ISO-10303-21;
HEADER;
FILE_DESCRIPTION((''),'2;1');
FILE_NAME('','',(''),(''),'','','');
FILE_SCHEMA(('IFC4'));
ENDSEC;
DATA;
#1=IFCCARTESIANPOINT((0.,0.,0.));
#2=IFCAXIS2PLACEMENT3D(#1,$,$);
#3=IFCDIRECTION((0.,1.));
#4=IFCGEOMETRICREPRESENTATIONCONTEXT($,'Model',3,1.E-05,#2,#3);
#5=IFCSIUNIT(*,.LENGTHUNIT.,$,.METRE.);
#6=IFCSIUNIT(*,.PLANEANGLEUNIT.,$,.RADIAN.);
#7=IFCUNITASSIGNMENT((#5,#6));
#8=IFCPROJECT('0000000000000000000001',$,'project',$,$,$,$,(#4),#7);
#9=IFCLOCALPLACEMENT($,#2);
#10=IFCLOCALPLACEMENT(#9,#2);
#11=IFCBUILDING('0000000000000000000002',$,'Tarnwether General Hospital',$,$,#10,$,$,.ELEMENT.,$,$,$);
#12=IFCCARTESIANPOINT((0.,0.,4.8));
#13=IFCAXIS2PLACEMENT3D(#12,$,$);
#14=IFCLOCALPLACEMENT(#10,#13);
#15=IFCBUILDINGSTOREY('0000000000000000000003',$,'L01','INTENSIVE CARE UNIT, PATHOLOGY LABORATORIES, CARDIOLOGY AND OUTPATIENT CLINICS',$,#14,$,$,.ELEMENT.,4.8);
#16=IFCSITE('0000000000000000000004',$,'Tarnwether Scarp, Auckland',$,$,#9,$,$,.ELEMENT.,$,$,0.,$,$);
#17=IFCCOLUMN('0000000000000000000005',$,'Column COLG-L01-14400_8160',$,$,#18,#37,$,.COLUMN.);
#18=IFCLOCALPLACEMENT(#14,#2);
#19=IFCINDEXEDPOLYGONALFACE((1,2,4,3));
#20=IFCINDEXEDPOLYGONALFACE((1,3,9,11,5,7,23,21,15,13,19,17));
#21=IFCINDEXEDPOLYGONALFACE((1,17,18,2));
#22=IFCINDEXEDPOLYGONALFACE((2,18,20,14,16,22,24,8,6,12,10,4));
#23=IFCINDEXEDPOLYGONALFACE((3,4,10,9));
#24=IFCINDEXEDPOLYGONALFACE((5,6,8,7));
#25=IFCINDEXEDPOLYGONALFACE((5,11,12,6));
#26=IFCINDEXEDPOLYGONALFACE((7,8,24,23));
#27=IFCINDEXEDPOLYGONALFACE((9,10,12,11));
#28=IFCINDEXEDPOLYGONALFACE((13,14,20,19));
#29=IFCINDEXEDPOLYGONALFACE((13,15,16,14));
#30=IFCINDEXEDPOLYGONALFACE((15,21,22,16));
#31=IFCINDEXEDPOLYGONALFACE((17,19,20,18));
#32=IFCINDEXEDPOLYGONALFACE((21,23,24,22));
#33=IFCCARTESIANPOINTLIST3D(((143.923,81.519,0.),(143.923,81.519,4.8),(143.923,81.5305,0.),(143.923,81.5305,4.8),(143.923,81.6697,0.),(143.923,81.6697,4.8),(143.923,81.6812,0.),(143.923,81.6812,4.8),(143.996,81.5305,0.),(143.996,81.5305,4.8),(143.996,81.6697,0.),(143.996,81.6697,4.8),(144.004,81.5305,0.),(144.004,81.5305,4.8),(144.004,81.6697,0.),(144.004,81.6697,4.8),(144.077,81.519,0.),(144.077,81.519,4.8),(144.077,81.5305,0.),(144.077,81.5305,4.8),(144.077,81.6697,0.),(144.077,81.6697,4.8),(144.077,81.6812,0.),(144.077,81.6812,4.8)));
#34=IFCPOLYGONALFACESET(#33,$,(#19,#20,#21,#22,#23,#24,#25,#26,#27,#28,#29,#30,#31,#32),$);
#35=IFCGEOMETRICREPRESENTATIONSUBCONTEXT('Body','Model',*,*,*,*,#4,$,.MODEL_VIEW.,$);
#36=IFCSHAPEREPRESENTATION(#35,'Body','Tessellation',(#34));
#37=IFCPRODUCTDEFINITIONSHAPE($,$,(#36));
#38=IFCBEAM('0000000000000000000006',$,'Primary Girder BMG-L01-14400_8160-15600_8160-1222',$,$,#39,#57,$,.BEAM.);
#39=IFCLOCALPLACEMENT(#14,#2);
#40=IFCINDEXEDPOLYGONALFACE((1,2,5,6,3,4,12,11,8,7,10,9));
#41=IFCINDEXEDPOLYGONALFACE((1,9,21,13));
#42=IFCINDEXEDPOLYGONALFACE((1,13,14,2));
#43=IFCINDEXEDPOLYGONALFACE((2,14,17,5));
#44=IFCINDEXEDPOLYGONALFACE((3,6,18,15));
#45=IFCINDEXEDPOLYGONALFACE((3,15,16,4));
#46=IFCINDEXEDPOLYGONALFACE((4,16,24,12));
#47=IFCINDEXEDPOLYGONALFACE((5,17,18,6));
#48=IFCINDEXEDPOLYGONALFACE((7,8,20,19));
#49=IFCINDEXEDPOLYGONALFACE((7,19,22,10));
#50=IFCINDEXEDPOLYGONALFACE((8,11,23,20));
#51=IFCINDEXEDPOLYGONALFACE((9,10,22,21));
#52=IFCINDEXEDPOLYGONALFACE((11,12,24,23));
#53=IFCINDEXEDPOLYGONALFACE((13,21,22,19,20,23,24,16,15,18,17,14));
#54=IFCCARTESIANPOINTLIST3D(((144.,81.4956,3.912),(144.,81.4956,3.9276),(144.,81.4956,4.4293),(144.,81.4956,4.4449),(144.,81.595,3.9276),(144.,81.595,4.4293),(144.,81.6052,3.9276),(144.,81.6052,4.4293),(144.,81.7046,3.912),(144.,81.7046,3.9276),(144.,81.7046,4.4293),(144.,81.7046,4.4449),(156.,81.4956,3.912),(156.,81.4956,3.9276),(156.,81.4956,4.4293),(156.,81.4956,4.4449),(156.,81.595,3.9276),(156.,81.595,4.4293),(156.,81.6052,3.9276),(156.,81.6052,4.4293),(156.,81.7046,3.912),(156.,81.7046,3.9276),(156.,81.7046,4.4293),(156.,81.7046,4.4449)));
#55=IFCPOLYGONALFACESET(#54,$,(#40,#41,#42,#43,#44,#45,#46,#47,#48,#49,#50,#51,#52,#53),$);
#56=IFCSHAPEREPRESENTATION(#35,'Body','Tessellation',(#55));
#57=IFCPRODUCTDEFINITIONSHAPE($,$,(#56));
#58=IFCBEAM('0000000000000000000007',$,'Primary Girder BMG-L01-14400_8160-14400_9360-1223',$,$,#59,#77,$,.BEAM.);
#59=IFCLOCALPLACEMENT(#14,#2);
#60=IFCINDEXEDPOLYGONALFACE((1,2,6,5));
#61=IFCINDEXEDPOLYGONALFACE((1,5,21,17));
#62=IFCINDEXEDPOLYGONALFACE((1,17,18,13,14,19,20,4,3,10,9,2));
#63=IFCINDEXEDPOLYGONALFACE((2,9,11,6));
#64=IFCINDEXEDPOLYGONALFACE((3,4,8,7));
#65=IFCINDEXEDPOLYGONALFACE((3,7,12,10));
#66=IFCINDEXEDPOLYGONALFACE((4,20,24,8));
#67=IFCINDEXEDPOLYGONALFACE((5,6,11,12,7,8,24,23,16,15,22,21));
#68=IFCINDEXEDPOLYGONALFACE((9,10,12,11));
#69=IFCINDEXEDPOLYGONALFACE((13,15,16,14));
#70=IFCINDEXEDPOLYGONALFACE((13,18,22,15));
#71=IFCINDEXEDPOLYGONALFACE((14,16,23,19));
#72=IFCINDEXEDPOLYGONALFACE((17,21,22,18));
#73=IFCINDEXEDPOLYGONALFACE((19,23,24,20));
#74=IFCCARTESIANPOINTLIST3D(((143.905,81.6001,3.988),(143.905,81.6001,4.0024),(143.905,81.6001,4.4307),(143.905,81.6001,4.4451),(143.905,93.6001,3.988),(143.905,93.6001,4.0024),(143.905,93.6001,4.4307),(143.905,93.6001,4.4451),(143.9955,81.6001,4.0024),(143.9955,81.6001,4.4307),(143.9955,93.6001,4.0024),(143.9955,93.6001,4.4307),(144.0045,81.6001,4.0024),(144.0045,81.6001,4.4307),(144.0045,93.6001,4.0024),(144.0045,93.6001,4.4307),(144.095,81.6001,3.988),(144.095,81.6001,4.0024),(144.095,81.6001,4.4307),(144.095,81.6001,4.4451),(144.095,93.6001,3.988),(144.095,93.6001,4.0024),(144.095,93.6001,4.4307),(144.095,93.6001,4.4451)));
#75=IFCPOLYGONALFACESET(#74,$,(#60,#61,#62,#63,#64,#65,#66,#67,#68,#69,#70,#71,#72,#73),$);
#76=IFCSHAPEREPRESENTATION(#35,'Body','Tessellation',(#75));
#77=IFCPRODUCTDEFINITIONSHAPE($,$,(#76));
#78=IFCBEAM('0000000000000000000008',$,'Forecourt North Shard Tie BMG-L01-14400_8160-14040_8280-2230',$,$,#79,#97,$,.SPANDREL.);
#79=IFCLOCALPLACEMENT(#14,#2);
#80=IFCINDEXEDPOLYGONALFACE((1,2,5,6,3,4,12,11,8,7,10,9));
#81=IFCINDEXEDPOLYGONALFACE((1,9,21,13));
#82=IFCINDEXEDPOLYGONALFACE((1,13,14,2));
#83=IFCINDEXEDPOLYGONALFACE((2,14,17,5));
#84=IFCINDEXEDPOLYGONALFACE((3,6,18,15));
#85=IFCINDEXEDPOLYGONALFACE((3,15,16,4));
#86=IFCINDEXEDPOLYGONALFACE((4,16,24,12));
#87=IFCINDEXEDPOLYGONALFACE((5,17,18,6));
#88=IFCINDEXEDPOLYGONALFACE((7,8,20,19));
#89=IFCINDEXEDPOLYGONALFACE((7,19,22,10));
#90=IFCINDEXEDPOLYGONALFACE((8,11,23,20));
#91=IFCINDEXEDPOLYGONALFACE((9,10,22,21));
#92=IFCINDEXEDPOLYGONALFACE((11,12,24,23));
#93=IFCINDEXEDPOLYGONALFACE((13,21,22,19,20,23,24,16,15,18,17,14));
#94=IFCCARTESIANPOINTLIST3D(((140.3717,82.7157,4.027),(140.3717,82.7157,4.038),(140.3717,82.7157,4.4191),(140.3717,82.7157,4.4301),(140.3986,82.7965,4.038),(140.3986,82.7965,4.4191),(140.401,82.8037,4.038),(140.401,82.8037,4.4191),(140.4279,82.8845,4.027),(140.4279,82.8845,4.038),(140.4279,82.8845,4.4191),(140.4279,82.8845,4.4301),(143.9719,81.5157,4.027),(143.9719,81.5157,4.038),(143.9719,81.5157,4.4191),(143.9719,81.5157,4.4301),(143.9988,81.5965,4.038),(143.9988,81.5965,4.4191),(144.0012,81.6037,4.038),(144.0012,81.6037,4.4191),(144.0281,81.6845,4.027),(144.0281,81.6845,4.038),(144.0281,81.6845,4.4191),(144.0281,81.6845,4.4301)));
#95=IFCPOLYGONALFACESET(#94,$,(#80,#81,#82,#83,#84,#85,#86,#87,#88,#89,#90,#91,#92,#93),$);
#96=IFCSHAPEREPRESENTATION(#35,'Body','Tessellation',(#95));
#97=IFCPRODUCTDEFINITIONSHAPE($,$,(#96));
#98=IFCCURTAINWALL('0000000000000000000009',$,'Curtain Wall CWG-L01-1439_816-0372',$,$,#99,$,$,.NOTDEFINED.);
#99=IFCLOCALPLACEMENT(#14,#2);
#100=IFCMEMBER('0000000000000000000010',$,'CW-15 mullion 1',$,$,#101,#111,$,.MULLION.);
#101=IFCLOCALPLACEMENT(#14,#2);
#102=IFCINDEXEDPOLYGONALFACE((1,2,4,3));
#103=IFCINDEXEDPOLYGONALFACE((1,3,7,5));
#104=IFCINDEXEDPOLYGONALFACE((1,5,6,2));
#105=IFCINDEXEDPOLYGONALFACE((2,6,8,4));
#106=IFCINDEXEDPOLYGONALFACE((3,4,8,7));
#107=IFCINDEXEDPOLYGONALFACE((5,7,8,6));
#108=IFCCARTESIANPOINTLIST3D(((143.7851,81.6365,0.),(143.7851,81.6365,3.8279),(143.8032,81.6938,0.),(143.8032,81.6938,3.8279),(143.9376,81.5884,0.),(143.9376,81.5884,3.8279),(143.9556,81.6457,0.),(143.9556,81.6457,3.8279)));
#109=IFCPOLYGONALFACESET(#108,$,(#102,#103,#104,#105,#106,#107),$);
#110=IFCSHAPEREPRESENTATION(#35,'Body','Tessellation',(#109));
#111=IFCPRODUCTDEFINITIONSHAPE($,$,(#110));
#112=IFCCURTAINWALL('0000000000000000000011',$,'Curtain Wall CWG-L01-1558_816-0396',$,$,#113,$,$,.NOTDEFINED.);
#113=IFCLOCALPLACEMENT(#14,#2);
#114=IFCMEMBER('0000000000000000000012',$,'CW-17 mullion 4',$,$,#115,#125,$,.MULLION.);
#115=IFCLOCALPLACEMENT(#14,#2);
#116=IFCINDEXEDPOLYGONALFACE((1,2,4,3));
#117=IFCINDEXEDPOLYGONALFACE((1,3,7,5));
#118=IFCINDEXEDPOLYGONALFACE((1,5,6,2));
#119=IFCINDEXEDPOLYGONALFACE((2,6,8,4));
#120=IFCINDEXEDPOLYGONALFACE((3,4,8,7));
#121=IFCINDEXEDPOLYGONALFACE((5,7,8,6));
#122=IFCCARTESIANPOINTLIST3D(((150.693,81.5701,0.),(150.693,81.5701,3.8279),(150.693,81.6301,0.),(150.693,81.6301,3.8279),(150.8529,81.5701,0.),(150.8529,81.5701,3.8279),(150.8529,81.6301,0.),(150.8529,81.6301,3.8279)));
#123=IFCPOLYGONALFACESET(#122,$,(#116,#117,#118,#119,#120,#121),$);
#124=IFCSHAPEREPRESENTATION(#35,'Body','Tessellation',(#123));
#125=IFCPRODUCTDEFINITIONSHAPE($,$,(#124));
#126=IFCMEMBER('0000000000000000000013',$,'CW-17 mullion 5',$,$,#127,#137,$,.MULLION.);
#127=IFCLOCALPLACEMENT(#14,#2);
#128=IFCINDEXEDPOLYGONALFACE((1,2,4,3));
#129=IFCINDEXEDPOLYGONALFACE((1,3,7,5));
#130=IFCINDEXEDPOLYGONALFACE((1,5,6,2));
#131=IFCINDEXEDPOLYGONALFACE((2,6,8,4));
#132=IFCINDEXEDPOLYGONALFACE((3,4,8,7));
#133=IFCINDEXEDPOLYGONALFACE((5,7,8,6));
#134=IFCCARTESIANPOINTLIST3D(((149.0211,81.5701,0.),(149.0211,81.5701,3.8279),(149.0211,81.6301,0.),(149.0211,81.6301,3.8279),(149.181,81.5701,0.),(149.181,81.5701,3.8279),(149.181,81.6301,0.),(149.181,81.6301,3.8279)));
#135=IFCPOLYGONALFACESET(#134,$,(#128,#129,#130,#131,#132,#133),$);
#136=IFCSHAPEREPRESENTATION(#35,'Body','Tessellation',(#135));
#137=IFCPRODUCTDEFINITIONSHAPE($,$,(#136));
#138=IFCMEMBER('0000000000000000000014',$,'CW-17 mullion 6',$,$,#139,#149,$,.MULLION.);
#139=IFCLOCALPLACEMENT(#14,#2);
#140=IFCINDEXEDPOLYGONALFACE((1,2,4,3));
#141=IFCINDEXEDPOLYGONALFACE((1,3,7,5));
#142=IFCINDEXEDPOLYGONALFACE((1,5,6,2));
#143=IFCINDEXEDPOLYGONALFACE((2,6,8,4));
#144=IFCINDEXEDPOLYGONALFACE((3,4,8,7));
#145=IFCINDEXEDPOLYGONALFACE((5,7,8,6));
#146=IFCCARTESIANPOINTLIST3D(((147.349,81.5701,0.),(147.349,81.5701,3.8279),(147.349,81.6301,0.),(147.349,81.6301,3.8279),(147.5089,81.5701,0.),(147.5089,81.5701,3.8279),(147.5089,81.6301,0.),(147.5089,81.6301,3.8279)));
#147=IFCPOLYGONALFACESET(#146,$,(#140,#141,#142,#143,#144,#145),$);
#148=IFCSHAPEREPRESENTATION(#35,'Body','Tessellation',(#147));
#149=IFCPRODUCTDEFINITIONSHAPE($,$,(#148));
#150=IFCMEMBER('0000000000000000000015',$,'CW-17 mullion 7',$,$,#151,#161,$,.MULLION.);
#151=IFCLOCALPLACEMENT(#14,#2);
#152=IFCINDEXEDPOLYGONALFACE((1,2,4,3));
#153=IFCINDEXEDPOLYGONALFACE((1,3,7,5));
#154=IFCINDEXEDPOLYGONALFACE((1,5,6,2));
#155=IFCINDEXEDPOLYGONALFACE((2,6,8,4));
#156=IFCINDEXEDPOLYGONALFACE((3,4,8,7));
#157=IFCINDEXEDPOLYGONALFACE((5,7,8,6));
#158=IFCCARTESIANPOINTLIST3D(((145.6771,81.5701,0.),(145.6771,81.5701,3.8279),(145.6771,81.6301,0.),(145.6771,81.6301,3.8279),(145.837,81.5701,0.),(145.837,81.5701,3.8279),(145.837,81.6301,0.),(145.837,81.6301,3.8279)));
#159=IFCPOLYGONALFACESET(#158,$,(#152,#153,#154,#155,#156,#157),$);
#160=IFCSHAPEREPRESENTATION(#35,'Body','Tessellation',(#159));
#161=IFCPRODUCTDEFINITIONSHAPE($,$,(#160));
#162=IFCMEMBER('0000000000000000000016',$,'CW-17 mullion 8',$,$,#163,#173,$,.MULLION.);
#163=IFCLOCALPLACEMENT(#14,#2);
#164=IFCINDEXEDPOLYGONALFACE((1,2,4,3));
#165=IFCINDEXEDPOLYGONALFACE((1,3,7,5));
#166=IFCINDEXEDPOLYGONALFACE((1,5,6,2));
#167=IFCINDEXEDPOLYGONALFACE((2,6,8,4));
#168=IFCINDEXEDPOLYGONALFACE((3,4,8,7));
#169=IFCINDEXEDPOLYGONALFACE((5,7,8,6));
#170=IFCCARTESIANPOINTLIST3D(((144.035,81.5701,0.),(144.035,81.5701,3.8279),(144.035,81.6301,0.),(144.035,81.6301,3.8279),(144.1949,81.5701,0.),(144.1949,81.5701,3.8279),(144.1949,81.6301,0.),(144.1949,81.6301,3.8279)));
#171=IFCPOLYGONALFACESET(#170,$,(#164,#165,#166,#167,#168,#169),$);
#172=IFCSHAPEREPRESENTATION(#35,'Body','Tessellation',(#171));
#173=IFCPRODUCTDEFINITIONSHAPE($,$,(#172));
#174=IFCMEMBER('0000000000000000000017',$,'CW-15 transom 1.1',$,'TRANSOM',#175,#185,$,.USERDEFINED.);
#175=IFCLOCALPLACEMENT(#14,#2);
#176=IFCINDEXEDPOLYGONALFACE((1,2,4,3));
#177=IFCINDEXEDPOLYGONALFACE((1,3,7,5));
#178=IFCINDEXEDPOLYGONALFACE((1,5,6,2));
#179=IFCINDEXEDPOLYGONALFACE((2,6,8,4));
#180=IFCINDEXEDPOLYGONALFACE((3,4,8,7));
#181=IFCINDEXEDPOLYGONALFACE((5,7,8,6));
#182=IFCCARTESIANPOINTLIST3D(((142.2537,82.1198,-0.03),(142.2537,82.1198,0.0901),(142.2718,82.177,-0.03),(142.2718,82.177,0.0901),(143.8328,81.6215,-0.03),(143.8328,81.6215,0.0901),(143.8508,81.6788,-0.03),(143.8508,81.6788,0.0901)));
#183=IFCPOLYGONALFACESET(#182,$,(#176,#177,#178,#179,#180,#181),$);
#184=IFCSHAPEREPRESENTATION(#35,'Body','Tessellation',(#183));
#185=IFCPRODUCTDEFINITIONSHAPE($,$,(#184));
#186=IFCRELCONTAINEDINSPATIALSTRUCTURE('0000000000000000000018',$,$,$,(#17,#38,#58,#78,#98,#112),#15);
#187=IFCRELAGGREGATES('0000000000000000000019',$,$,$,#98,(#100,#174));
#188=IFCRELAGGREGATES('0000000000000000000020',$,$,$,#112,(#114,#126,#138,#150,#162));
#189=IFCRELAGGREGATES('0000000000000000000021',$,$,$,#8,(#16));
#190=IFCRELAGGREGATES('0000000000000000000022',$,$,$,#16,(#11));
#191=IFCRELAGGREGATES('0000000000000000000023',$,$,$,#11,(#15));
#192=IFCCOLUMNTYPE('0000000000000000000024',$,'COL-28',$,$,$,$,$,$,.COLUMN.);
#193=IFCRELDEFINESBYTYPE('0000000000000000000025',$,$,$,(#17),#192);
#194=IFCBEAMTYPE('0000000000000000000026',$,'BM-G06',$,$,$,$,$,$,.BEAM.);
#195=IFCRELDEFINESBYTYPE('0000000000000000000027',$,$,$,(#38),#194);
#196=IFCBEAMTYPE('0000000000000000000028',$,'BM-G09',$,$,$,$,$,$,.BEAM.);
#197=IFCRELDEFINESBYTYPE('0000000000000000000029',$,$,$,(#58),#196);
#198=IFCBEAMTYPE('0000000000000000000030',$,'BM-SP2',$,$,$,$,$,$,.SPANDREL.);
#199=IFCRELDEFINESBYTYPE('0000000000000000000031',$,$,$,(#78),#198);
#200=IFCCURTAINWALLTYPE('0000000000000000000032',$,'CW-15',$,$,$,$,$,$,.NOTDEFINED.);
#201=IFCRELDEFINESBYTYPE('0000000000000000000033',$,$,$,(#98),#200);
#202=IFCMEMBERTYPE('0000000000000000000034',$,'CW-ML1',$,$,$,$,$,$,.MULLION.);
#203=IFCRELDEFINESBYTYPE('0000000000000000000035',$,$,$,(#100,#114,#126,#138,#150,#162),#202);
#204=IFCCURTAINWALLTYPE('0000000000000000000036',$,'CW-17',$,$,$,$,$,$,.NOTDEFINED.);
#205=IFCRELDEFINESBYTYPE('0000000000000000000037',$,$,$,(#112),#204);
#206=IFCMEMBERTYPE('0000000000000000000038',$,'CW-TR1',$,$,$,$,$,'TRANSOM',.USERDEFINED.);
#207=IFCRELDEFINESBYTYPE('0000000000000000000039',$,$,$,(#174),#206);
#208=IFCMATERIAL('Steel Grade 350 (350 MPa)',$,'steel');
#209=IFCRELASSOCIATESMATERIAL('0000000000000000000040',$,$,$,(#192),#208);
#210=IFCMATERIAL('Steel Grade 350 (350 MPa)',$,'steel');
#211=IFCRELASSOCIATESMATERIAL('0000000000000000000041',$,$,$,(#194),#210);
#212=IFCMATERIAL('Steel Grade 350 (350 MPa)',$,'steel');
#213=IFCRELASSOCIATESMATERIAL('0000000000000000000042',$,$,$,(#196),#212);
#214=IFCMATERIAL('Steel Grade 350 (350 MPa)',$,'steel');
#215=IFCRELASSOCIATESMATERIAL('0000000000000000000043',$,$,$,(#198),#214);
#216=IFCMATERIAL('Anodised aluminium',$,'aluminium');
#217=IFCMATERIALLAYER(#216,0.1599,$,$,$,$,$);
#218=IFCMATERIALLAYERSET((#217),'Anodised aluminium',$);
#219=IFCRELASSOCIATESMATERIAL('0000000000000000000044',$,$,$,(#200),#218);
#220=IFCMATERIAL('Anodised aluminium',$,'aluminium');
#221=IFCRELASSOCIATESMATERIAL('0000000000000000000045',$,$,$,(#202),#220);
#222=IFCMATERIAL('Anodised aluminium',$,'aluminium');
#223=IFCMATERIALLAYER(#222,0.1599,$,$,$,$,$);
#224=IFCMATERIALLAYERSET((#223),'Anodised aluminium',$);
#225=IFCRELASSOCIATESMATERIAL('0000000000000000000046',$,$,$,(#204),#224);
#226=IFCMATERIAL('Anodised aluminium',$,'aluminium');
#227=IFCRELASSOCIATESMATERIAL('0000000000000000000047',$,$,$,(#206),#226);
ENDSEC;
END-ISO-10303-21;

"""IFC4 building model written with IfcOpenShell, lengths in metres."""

from ifc_helpers import new_model, si_unit, direction, frame, origin, origin_2d, place, context, subcontext, project, spatial, rectangle, i_section, extrude, material, layer, layer_set, material_profile, profile_set, type_object, element, aggregate, save


model = new_model("IFC4")

# Units and contexts
model_context = context("Model", 3, precision=1e-05, world=origin(), true_north=direction((0.0, 1.0)))
body_context = subcontext(model_context, "Body", "Model", "MODEL_VIEW")
ifc_project = project(units=[si_unit("LENGTHUNIT", "METRE"), si_unit("PLANEANGLEUNIT", "RADIAN")], contexts=[model_context])

# Site, building, storey
site_placement = place(None, origin())
site = spatial("IfcSite", under=ifc_project, at=site_placement, Name="Tarnwether Scarp, Auckland", CompositionType="ELEMENT", RefElevation=0.0)
building_placement = place(site_placement, origin())
building = spatial("IfcBuilding", under=site, at=building_placement, Name="Tarnwether General Hospital", CompositionType="ELEMENT")
storey_placement = place(building_placement, frame((0.0, 0.0, 4.8)))
storey = spatial("IfcBuildingStorey", under=building, at=storey_placement, Name="L01", Description="INTENSIVE CARE UNIT, PATHOLOGY LABORATORIES, CARDIOLOGY AND OUTPATIENT CLINICS", CompositionType="ELEMENT", Elevation=4.8)

# Column
ifc_material_1 = material(Name="Steel Grade 350 (350 MPa)", Category="steel")
ifc_material_profile_1 = material_profile(ifc_material_1, i_section(OverallWidth=0.1541, OverallDepth=0.1621, WebThickness=0.0081, FlangeThickness=0.0115, at=origin_2d()), Name="150UC37.2")
ifc_profile_set_1 = profile_set([ifc_material_profile_1], Name="Steel Grade 350 (350 MPa)")
column_type = type_object("IfcColumnType", Name="COL-28", PredefinedType="COLUMN", material=ifc_profile_set_1)
column_placement = place(storey_placement, frame((144.0, 81.6001, 0.0), z_axis=(0.0, 0.0, 1.0), x_axis=(1.0, 0.0, 0.0)))
element("IfcColumn", 1, at=column_placement, inside=storey, type_object=column_type, Name="Column COLG-L01-14400_8160", PredefinedType="COLUMN", context=body_context, shape_type="SweptSolid", body=[
    extrude(i_section(OverallWidth=0.1541, OverallDepth=0.1621, WebThickness=0.0081, FlangeThickness=0.0115, at=origin_2d()), origin(), (0.0, 0.0, 1.0), 4.8),
])

# Beams
ifc_material_2 = material(Name="Steel Grade 350 (350 MPa)", Category="steel")
ifc_material_profile_2 = material_profile(ifc_material_2, i_section(OverallWidth=0.209, OverallDepth=0.533, WebThickness=0.0103, FlangeThickness=0.0156, at=origin_2d()), Name="530UB92.4")
ifc_profile_set_2 = profile_set([ifc_material_profile_2], Name="Steel Grade 350 (350 MPa)")
beam_type_1 = type_object("IfcBeamType", Name="BM-G06", PredefinedType="BEAM", material=ifc_profile_set_2)
beam_1_placement = place(storey_placement, frame((144.0, 81.6001, 4.1785), z_axis=(1.0, 0.0, 0.0), x_axis=(0.0, 1.0, 0.0)))
element("IfcBeam", 2, at=beam_1_placement, inside=storey, type_object=beam_type_1, Name="Primary Girder BMG-L01-14400_8160-15600_8160-1222", PredefinedType="BEAM", context=body_context, shape_type="SweptSolid", body=[
    extrude(i_section(OverallWidth=0.209, OverallDepth=0.533, WebThickness=0.0103, FlangeThickness=0.0156, at=origin_2d()), origin(), (0.0, 0.0, 1.0), 12.0),
])
ifc_material_3 = material(Name="Steel Grade 350 (350 MPa)", Category="steel")
ifc_material_profile_3 = material_profile(ifc_material_3, i_section(OverallWidth=0.1899, OverallDepth=0.457, WebThickness=0.009, FlangeThickness=0.0144, at=origin_2d()), Name="460UB74.6")
ifc_profile_set_3 = profile_set([ifc_material_profile_3], Name="Steel Grade 350 (350 MPa)")
beam_type_2 = type_object("IfcBeamType", Name="BM-G09", PredefinedType="BEAM", material=ifc_profile_set_3)
beam_2_placement = place(storey_placement, frame((144.0, 81.6001, 4.2166), z_axis=(0.0, 1.0, 0.0), x_axis=(-1.0, 0.0, 0.0)))
element("IfcBeam", 3, at=beam_2_placement, inside=storey, type_object=beam_type_2, Name="Primary Girder BMG-L01-14400_8160-14400_9360-1223", PredefinedType="BEAM", context=body_context, shape_type="SweptSolid", body=[
    extrude(i_section(OverallWidth=0.1899, OverallDepth=0.457, WebThickness=0.009, FlangeThickness=0.0144, at=origin_2d()), origin(), (0.0, 0.0, 1.0), 12.0),
])
ifc_material_4 = material(Name="Steel Grade 350 (350 MPa)", Category="steel")
ifc_material_profile_4 = material_profile(ifc_material_4, i_section(OverallWidth=0.178, OverallDepth=0.4031, WebThickness=0.0076, FlangeThickness=0.011, at=origin_2d()), Name="410UB53.7")
ifc_profile_set_4 = profile_set([ifc_material_profile_4], Name="Steel Grade 350 (350 MPa)")
beam_type_3 = type_object("IfcBeamType", Name="BM-SP2", PredefinedType="SPANDREL", material=ifc_profile_set_4)
beam_3_placement = place(storey_placement, frame((144.0, 81.6001, 4.2285), z_axis=(-0.94869, 0.316208, 0.0), x_axis=(-0.316208, -0.94869, 0.0)))
element("IfcBeam", 4, at=beam_3_placement, inside=storey, type_object=beam_type_3, Name="Forecourt North Shard Tie BMG-L01-14400_8160-14040_8280-2230", PredefinedType="SPANDREL", context=body_context, shape_type="SweptSolid", body=[
    extrude(i_section(OverallWidth=0.178, OverallDepth=0.4031, WebThickness=0.0076, FlangeThickness=0.011, at=origin_2d()), origin(), (0.0, 0.0, 1.0), 3.7949),
])

# Curtain wall, member
ifc_material_5 = material(Name="Anodised aluminium", Category="aluminium")
ifc_layer_1 = layer(ifc_material_5, 0.1599)
ifc_layer_set_1 = layer_set([ifc_layer_1], Name="Anodised aluminium")
curtain_wall_type_1 = type_object("IfcCurtainWallType", Name="CW-15", PredefinedType="NOTDEFINED", material=ifc_layer_set_1)
curtain_wall_1_placement = place(storey_placement, origin())
curtain_wall_1 = element("IfcCurtainWall", 5, at=curtain_wall_1_placement, inside=storey, type_object=curtain_wall_type_1, Name="Curtain Wall CWG-L01-1439_816-0372", PredefinedType="NOTDEFINED")
ifc_material_6 = material(Name="Anodised aluminium", Category="aluminium")
ifc_material_profile_5 = material_profile(ifc_material_6, rectangle(XDim=0.0601, YDim=0.1599, at=origin_2d()), Name="ALU-MUL-60x160")
ifc_profile_set_5 = profile_set([ifc_material_profile_5], Name="Anodised aluminium")
member_type_1 = type_object("IfcMemberType", Name="CW-ML1", PredefinedType="MULLION", material=ifc_profile_set_5)
member_1_placement = place(storey_placement, frame((143.8704, 81.6411, 0.0), z_axis=(0.0, 0.0, 1.0), x_axis=(-0.300981, -0.95363, 0.0)))
member_1 = element("IfcMember", 6, at=member_1_placement, type_object=member_type_1, Name="CW-15 mullion 1", PredefinedType="MULLION", context=body_context, shape_type="SweptSolid", body=[
    extrude(rectangle(XDim=0.0601, YDim=0.1599, at=origin_2d()), origin(), (0.0, 0.0, 1.0), 3.8279),
])

# Curtain wall, members
ifc_material_7 = material(Name="Anodised aluminium", Category="aluminium")
ifc_layer_2 = layer(ifc_material_7, 0.1599)
ifc_layer_set_2 = layer_set([ifc_layer_2], Name="Anodised aluminium")
curtain_wall_type_2 = type_object("IfcCurtainWallType", Name="CW-17", PredefinedType="NOTDEFINED", material=ifc_layer_set_2)
curtain_wall_2_placement = place(storey_placement, origin())
curtain_wall_2 = element("IfcCurtainWall", 7, at=curtain_wall_2_placement, inside=storey, type_object=curtain_wall_type_2, Name="Curtain Wall CWG-L01-1558_816-0396", PredefinedType="NOTDEFINED")
member_2_placement = place(storey_placement, frame((150.7729, 81.6001, 0.0), z_axis=(0.0, 0.0, 1.0), x_axis=(0.0, -1.0, 0.0)))
member_2 = element("IfcMember", 8, at=member_2_placement, type_object=member_type_1, Name="CW-17 mullion 4", PredefinedType="MULLION", context=body_context, shape_type="SweptSolid", body=[
    extrude(rectangle(XDim=0.0601, YDim=0.1599, at=origin_2d()), origin(), (0.0, 0.0, 1.0), 3.8279),
])
member_3_placement = place(storey_placement, frame((149.1011, 81.6001, 0.0), z_axis=(0.0, 0.0, 1.0), x_axis=(0.0, -1.0, 0.0)))
member_3 = element("IfcMember", 9, at=member_3_placement, type_object=member_type_1, Name="CW-17 mullion 5", PredefinedType="MULLION", context=body_context, shape_type="SweptSolid", body=[
    extrude(rectangle(XDim=0.0601, YDim=0.1599, at=origin_2d()), origin(), (0.0, 0.0, 1.0), 3.8279),
])
member_4_placement = place(storey_placement, frame((147.429, 81.6001, 0.0), z_axis=(0.0, 0.0, 1.0), x_axis=(0.0, -1.0, 0.0)))
member_4 = element("IfcMember", 10, at=member_4_placement, type_object=member_type_1, Name="CW-17 mullion 6", PredefinedType="MULLION", context=body_context, shape_type="SweptSolid", body=[
    extrude(rectangle(XDim=0.0601, YDim=0.1599, at=origin_2d()), origin(), (0.0, 0.0, 1.0), 3.8279),
])
member_5_placement = place(storey_placement, frame((145.7571, 81.6001, 0.0), z_axis=(0.0, 0.0, 1.0), x_axis=(0.0, -1.0, 0.0)))
member_5 = element("IfcMember", 11, at=member_5_placement, type_object=member_type_1, Name="CW-17 mullion 7", PredefinedType="MULLION", context=body_context, shape_type="SweptSolid", body=[
    extrude(rectangle(XDim=0.0601, YDim=0.1599, at=origin_2d()), origin(), (0.0, 0.0, 1.0), 3.8279),
])
member_6_placement = place(storey_placement, frame((144.115, 81.6001, 0.0), z_axis=(0.0, 0.0, 1.0), x_axis=(0.0, -1.0, 0.0)))
member_6 = element("IfcMember", 12, at=member_6_placement, type_object=member_type_1, Name="CW-17 mullion 8", PredefinedType="MULLION", context=body_context, shape_type="SweptSolid", body=[
    extrude(rectangle(XDim=0.0601, YDim=0.1599, at=origin_2d()), origin(), (0.0, 0.0, 1.0), 3.8279),
])

# Member
ifc_material_8 = material(Name="Anodised aluminium", Category="aluminium")
ifc_material_profile_6 = material_profile(ifc_material_8, rectangle(XDim=0.0601, YDim=0.1201, at=origin_2d()), Name="ALU-TRN-60x120")
ifc_profile_set_6 = profile_set([ifc_material_profile_6], Name="Anodised aluminium")
member_type_2 = type_object("IfcMemberType", Name="CW-TR1", ElementType="TRANSOM", PredefinedType="USERDEFINED", material=ifc_profile_set_6)
member_7_placement = place(storey_placement, frame((143.8418, 81.6501, 0.03), z_axis=(-0.953647, 0.300927, 0.0), x_axis=(-0.300927, -0.953647, 0.0)))
member_7 = element("IfcMember", 13, at=member_7_placement, type_object=member_type_2, Name="CW-15 transom 1.1", ObjectType="TRANSOM", PredefinedType="USERDEFINED", context=body_context, shape_type="SweptSolid", body=[
    extrude(rectangle(XDim=0.0601, YDim=0.1201, at=origin_2d()), origin(), (0.0, 0.0, 1.0), 1.6558),
])

aggregate(curtain_wall_1, [member_1, member_7])
aggregate(curtain_wall_2, [member_2, member_3, member_4, member_5, member_6])

save(model, "model.ifc")
